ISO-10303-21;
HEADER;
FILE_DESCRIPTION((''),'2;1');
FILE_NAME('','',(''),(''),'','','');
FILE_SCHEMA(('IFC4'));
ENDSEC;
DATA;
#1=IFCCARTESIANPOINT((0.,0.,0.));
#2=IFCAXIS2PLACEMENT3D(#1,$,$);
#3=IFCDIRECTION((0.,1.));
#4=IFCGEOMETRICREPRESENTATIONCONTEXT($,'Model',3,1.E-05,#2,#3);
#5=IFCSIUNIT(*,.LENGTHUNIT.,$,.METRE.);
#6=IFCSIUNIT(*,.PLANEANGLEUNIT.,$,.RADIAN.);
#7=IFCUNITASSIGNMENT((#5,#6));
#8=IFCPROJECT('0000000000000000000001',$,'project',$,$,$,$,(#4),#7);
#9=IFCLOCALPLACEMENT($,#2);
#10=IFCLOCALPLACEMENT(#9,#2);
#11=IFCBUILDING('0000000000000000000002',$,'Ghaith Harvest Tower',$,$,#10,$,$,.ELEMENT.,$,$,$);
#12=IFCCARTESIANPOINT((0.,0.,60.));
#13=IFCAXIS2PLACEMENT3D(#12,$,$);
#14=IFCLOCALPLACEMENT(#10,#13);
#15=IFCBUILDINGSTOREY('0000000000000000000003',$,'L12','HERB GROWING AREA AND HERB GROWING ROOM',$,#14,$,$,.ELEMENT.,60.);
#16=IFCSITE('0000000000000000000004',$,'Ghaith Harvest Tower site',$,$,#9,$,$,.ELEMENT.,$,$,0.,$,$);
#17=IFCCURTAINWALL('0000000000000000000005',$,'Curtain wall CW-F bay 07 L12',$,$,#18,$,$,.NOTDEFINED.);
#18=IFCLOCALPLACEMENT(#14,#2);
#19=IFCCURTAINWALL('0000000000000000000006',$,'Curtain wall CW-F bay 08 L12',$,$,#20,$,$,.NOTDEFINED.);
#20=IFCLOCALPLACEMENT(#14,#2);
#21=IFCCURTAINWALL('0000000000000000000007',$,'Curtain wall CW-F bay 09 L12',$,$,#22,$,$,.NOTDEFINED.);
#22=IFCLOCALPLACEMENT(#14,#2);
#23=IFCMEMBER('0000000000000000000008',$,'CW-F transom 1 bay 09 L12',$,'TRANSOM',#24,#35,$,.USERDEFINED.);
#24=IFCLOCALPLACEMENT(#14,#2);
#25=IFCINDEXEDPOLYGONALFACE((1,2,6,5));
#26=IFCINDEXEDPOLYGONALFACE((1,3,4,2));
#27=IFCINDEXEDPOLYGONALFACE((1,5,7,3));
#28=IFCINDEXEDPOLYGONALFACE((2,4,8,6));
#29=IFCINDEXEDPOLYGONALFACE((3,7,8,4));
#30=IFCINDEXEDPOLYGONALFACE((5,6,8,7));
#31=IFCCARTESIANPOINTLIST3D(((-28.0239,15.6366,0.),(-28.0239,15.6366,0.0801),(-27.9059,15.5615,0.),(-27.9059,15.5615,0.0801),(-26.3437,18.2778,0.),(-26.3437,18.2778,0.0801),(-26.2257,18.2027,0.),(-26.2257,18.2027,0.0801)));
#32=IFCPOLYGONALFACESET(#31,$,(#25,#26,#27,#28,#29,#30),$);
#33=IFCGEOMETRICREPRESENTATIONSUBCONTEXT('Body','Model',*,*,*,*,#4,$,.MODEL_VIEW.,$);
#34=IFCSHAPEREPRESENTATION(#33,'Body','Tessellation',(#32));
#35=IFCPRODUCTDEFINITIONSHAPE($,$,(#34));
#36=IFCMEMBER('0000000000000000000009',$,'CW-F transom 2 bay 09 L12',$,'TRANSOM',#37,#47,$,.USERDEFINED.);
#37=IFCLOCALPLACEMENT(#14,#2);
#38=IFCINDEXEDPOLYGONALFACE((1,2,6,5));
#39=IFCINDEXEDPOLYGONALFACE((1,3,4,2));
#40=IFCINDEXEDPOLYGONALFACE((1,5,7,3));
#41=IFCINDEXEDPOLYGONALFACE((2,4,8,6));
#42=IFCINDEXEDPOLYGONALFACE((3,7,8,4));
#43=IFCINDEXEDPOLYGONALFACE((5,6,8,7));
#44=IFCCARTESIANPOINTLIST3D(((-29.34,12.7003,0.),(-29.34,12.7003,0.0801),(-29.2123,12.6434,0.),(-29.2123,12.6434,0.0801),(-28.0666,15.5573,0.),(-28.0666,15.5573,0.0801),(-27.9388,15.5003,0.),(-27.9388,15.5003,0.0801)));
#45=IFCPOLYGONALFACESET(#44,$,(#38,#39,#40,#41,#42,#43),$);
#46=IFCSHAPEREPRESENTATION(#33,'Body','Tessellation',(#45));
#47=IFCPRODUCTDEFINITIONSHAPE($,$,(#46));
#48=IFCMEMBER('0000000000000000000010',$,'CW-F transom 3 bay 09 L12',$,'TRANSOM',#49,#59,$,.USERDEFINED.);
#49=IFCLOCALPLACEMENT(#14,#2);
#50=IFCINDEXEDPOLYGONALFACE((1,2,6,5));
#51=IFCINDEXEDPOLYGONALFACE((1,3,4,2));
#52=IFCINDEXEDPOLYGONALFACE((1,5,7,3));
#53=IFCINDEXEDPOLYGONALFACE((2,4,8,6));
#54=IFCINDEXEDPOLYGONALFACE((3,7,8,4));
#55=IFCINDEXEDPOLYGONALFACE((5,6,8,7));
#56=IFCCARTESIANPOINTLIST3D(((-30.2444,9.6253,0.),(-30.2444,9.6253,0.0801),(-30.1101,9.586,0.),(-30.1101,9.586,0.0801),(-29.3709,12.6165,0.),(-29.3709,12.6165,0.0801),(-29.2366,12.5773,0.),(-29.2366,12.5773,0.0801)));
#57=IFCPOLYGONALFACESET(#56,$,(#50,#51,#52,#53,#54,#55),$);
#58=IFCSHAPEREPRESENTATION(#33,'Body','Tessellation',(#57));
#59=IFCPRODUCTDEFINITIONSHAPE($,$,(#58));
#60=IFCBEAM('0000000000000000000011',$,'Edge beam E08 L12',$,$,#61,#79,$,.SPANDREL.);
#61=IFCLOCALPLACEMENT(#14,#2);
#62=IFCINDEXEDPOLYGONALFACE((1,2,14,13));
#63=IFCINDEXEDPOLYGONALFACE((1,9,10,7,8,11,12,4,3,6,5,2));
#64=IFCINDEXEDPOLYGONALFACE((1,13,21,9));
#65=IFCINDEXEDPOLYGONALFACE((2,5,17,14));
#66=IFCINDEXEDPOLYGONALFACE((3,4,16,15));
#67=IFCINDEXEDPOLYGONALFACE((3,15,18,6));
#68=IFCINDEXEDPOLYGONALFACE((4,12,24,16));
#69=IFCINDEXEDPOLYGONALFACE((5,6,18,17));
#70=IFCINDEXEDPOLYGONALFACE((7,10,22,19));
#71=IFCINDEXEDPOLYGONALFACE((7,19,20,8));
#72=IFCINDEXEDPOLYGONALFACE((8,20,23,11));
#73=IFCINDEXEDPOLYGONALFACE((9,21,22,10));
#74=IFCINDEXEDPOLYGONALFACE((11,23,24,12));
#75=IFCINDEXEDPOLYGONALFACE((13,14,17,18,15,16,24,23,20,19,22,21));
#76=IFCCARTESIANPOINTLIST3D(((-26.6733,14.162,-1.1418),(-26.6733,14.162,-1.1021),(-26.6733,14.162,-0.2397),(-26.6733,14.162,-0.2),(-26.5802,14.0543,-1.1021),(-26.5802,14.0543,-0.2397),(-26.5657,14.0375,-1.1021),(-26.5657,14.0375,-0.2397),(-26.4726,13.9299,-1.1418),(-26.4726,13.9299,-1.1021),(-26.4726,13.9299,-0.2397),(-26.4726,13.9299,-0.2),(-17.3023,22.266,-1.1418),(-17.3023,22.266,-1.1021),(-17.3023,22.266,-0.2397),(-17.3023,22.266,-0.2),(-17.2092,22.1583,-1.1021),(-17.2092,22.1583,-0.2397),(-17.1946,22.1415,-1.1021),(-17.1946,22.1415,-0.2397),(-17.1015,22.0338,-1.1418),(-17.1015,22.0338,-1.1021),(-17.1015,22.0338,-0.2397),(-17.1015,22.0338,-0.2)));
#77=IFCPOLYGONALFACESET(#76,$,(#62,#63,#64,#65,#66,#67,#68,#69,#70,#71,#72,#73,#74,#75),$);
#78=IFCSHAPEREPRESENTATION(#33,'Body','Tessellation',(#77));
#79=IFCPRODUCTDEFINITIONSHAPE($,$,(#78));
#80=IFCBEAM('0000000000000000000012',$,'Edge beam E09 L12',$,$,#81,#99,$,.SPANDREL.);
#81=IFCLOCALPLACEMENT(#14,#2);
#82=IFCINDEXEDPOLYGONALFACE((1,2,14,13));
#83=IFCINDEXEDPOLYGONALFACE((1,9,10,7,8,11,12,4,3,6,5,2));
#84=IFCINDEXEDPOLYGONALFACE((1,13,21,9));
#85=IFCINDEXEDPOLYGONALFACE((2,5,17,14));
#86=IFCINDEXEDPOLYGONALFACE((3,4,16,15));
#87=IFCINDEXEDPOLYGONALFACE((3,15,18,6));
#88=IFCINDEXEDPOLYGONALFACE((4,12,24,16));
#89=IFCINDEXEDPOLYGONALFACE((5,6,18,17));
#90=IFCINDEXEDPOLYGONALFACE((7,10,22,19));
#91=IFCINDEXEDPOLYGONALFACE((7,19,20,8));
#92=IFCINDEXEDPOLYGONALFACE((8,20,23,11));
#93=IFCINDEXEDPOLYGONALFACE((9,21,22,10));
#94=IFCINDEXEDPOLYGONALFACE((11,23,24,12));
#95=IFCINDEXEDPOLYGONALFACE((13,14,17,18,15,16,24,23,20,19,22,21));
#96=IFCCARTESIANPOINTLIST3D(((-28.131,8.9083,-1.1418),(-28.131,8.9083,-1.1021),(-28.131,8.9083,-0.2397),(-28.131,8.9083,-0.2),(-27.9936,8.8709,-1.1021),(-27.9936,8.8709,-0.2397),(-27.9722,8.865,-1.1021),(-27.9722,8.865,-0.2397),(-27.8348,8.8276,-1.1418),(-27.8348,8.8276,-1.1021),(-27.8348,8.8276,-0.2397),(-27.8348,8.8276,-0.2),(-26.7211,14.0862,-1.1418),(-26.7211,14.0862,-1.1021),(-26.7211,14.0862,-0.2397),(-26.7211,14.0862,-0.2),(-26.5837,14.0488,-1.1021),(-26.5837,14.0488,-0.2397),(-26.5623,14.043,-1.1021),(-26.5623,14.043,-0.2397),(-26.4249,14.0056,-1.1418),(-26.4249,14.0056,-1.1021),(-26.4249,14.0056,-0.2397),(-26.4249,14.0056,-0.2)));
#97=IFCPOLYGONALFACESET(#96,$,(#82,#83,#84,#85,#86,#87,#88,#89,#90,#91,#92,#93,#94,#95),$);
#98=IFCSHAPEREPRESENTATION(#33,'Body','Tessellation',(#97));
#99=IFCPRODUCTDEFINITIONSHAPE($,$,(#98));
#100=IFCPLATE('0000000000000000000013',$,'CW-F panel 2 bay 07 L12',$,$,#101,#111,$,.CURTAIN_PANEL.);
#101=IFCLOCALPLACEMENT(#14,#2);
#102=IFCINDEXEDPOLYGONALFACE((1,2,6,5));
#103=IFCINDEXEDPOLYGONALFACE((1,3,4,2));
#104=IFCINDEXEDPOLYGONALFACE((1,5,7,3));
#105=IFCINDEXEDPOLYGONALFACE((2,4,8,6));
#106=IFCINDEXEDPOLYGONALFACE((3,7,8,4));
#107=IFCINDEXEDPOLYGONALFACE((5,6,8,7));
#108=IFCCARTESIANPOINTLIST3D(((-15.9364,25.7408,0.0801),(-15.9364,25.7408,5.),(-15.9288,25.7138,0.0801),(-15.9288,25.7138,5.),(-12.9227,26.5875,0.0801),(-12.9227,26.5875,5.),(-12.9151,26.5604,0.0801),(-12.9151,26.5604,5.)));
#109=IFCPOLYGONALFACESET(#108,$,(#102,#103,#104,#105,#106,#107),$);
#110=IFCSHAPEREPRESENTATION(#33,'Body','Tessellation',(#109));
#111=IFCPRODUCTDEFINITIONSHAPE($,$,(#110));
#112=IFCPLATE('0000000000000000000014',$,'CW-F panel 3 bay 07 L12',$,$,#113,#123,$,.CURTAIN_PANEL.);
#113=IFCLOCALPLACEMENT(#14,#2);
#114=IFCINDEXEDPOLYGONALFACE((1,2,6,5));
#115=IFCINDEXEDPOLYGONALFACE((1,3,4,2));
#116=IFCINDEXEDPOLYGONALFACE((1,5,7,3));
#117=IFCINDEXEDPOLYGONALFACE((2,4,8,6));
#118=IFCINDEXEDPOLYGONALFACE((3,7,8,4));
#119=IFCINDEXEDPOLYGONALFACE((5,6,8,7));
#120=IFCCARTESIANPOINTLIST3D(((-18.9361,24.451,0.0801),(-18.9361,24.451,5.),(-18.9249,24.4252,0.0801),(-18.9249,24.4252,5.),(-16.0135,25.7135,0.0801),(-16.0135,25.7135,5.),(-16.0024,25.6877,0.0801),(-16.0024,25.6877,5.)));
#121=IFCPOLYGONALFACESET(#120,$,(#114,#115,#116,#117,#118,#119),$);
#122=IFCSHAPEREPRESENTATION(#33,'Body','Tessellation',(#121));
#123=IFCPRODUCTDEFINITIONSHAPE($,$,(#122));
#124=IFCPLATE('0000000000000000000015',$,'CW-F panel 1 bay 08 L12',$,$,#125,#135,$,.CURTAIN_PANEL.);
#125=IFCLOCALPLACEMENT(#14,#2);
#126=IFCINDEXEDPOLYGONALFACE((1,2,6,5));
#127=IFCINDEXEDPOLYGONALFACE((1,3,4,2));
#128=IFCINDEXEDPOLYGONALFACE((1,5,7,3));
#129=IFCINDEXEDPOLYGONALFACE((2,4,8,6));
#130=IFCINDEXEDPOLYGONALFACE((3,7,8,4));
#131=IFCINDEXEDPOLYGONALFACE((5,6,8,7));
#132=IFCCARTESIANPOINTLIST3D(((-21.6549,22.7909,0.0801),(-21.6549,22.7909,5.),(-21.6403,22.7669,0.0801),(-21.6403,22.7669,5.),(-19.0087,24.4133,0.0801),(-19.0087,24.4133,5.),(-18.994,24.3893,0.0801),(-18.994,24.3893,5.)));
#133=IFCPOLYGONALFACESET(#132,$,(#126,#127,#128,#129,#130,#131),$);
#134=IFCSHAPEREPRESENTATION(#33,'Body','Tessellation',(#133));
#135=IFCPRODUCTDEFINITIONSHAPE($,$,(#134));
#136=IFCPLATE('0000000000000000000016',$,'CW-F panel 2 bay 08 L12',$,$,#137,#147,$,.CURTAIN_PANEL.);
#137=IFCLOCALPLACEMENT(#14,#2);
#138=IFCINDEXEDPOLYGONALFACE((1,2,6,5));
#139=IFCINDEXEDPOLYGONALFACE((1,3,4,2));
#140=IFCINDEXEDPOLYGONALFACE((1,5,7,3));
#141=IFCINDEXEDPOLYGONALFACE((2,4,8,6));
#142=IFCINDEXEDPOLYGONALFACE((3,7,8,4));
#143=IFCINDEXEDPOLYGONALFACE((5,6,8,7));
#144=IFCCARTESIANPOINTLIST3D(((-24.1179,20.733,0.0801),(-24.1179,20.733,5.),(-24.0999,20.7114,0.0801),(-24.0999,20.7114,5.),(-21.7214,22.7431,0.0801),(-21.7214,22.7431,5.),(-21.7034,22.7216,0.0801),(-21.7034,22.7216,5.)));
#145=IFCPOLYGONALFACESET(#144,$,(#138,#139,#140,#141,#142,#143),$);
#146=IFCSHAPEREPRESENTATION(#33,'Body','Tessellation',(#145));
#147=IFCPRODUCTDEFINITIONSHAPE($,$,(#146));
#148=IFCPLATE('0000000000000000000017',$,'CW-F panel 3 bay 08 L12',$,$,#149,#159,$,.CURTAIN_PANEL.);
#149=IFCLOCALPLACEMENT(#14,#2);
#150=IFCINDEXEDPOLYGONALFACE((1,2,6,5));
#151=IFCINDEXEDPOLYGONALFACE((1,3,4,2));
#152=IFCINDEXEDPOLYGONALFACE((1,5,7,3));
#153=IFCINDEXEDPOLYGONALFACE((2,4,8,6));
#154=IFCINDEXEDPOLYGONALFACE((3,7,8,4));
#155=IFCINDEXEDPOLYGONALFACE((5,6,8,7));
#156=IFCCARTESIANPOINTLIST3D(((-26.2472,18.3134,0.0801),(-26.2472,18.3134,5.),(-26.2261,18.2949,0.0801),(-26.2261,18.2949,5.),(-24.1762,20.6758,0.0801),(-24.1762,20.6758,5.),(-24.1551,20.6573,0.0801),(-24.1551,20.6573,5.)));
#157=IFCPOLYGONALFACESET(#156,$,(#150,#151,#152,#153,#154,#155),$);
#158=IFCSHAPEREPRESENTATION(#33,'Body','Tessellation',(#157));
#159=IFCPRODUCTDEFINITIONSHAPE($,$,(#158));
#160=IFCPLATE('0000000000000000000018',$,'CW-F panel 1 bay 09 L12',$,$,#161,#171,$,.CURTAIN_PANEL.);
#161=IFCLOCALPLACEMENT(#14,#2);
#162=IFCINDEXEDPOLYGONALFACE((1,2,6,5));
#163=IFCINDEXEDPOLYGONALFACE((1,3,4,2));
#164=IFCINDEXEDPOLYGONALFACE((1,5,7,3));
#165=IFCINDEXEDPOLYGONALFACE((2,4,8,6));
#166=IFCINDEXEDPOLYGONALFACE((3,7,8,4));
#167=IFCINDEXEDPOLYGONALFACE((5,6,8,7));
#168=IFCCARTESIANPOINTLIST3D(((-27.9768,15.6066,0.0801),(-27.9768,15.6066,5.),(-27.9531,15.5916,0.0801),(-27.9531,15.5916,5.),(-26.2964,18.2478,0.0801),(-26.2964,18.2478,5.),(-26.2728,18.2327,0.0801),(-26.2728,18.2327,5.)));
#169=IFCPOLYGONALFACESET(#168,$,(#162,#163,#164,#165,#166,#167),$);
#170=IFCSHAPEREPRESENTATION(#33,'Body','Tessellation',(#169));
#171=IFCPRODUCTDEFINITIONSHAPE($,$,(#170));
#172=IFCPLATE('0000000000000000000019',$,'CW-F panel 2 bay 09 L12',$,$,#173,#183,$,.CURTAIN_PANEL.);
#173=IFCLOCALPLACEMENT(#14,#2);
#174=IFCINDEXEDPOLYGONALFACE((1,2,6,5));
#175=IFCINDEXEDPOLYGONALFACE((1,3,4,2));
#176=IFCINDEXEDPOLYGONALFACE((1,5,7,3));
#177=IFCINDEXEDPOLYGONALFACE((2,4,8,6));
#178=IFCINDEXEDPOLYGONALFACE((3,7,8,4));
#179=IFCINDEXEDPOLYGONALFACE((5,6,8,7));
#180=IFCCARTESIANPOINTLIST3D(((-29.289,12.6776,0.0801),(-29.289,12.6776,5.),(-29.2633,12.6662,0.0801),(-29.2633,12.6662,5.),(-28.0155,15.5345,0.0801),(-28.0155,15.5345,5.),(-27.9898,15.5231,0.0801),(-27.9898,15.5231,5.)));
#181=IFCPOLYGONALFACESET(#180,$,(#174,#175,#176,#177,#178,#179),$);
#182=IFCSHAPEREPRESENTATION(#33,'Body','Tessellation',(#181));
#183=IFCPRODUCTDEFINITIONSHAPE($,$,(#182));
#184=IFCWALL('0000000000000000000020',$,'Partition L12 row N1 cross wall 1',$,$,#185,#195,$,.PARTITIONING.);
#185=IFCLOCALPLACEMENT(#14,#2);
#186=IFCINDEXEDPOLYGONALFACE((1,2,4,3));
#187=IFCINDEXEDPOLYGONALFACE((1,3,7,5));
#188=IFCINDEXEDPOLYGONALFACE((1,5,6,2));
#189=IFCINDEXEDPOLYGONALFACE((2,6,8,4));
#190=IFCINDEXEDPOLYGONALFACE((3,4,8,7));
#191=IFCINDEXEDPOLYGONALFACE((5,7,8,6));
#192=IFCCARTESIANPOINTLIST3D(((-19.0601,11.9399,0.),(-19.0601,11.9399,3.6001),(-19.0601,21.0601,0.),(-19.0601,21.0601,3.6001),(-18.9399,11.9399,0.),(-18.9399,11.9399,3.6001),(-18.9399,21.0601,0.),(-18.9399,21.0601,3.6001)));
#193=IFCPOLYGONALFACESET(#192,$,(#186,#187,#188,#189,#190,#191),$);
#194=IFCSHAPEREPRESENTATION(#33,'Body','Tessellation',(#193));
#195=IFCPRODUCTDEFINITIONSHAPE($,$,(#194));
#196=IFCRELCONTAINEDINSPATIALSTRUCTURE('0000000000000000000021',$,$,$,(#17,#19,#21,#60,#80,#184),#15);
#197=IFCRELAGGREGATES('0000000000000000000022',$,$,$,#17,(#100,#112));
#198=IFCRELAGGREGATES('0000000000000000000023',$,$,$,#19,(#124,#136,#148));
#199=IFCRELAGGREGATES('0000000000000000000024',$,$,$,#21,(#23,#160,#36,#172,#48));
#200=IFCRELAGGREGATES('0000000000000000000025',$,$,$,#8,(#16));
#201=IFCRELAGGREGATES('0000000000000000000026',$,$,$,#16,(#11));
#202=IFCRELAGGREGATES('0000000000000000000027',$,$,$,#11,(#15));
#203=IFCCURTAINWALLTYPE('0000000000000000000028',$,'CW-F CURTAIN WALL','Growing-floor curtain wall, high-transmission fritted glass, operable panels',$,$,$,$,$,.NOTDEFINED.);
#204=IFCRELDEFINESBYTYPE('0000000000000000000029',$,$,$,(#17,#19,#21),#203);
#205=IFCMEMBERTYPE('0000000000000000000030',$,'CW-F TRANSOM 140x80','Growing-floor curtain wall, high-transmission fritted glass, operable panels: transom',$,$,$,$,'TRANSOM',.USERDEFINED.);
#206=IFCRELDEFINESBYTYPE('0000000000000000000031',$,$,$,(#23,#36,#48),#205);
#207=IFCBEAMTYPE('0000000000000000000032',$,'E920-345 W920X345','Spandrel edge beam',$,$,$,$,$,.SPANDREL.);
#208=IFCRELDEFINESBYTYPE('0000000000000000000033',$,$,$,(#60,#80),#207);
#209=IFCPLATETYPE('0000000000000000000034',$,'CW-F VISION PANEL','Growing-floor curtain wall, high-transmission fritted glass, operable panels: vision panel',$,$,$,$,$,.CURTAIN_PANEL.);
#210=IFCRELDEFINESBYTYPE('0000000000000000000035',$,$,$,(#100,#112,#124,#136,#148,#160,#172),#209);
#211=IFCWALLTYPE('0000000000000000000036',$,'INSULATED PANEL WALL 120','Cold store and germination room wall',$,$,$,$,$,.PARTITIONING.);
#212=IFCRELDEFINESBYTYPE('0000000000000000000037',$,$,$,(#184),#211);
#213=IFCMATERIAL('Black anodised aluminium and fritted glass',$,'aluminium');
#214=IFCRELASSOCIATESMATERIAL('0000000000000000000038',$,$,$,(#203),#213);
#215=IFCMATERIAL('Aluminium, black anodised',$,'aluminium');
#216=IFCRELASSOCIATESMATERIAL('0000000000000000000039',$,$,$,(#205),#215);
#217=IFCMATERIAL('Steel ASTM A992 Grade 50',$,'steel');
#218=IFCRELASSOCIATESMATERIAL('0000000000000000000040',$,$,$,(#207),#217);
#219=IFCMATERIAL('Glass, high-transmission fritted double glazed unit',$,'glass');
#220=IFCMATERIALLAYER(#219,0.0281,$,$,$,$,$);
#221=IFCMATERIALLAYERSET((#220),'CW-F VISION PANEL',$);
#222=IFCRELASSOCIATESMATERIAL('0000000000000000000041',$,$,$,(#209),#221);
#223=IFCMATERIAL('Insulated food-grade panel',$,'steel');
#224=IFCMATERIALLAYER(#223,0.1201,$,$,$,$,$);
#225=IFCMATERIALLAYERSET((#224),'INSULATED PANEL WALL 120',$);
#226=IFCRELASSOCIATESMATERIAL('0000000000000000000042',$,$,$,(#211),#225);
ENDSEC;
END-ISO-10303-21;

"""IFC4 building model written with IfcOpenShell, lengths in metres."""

from ifc_helpers import new_model, si_unit, direction, frame, frame_2d, origin, origin_2d, place, context, subcontext, project, spatial, rectangle, i_section, extrude, material, layer, layer_set, material_profile, profile_set, type_object, element, aggregate, save


model = new_model("IFC4")

# Units and contexts
model_context = context("Model", 3, precision=1e-05, world=origin(), true_north=direction((0.0, 1.0)))
body_context = subcontext(model_context, "Body", "Model", "MODEL_VIEW")
ifc_project = project(units=[si_unit("LENGTHUNIT", "METRE"), si_unit("PLANEANGLEUNIT", "RADIAN")], contexts=[model_context])

# Site, building, storey
site_placement = place(None, origin())
site = spatial("IfcSite", under=ifc_project, at=site_placement, Name="Ghaith Harvest Tower site", CompositionType="ELEMENT", RefElevation=0.0)
building_placement = place(site_placement, origin())
building = spatial("IfcBuilding", under=site, at=building_placement, Name="Ghaith Harvest Tower", CompositionType="ELEMENT")
storey_placement = place(building_placement, frame((0.0, 0.0, 60.0)))
storey = spatial("IfcBuildingStorey", under=building, at=storey_placement, Name="L12", Description="HERB GROWING AREA AND HERB GROWING ROOM", CompositionType="ELEMENT", Elevation=60.0)

# Curtain wall
ifc_material_1 = material(Name="Black anodised aluminium and fritted glass", Category="aluminium")
curtain_wall_type = type_object("IfcCurtainWallType", Name="CW-F CURTAIN WALL", Description="Growing-floor curtain wall, high-transmission fritted glass, operable panels", PredefinedType="NOTDEFINED", material=ifc_material_1)
curtain_wall_1_placement = place(storey_placement, origin())
curtain_wall_1 = element("IfcCurtainWall", 1, at=curtain_wall_1_placement, inside=storey, type_object=curtain_wall_type, Name="Curtain wall CW-F bay 07 L12", PredefinedType="NOTDEFINED")

# Curtain walls
curtain_wall_2_placement = place(storey_placement, origin())
curtain_wall_2 = element("IfcCurtainWall", 2, at=curtain_wall_2_placement, inside=storey, type_object=curtain_wall_type, Name="Curtain wall CW-F bay 08 L12", PredefinedType="NOTDEFINED")
curtain_wall_3_placement = place(storey_placement, origin())
curtain_wall_3 = element("IfcCurtainWall", 3, at=curtain_wall_3_placement, inside=storey, type_object=curtain_wall_type, Name="Curtain wall CW-F bay 09 L12", PredefinedType="NOTDEFINED")

# Members
ifc_material_2 = material(Name="Aluminium, black anodised", Category="aluminium")
ifc_material_profile_1 = material_profile(ifc_material_2, rectangle(XDim=0.1399, YDim=0.0801, at=origin_2d()), Name="CW-F TRANSOM 140x80")
ifc_profile_set_1 = profile_set([ifc_material_profile_1], Name="Aluminium, black anodised")
member_type_1 = type_object("IfcMemberType", Name="CW-F TRANSOM 140x80", Description="Growing-floor curtain wall, high-transmission fritted glass, operable panels: transom", ElementType="TRANSOM", PredefinedType="USERDEFINED", material=ifc_profile_set_1)
member_1_placement = place(storey_placement, frame((-26.2847, 18.2402, 0.04), z_axis=(-0.536754, -0.843739, 0.0), x_axis=(0.843739, -0.536754, 0.0)))
member_1 = element("IfcMember", 4, at=member_1_placement, type_object=member_type_1, Name="CW-F transom 1 bay 09 L12", ObjectType="TRANSOM", PredefinedType="USERDEFINED", context=body_context, shape_type="SweptSolid", body=[
    extrude(rectangle(XDim=0.1399, YDim=0.0801, at=origin_2d()), origin(), (0.0, 0.0, 1.0), 3.1304),
])
member_2_placement = place(storey_placement, frame((-28.0027, 15.5288, 0.04), z_axis=(-0.407123, -0.913373, 0.0), x_axis=(0.913373, -0.407123, 0.0)))
member_2 = element("IfcMember", 5, at=member_2_placement, type_object=member_type_1, Name="CW-F transom 2 bay 09 L12", ObjectType="TRANSOM", PredefinedType="USERDEFINED", context=body_context, shape_type="SweptSolid", body=[
    extrude(rectangle(XDim=0.1399, YDim=0.0801, at=origin_2d()), origin(), (0.0, 0.0, 1.0), 3.1279),
])
member_3_placement = place(storey_placement, frame((-29.3037, 12.5969, 0.04), z_axis=(-0.280325, -0.959905, 0.0), x_axis=(0.959905, -0.280325, 0.0)))
member_3 = element("IfcMember", 6, at=member_3_placement, type_object=member_type_1, Name="CW-F transom 3 bay 09 L12", ObjectType="TRANSOM", PredefinedType="USERDEFINED", context=body_context, shape_type="SweptSolid", body=[
    extrude(rectangle(XDim=0.1399, YDim=0.0801, at=origin_2d()), origin(), (0.0, 0.0, 1.0), 3.1162),
])

# Beams
ifc_material_3 = material(Name="Steel ASTM A992 Grade 50", Category="steel")
ifc_material_profile_2 = material_profile(ifc_material_3, i_section(OverallWidth=0.3069, OverallDepth=0.9419, WebThickness=0.0222, FlangeThickness=0.0398, at=origin_2d()), Name="W920X345")
ifc_profile_set_2 = profile_set([ifc_material_profile_2], Name="Steel ASTM A992 Grade 50")
beam_type = type_object("IfcBeamType", Name="E920-345 W920X345", Description="Spandrel edge beam", PredefinedType="SPANDREL", material=ifc_profile_set_2)
beam_1_placement = place(storey_placement, frame((-17.2019, 22.1499, -0.6709), z_axis=(-0.756392, -0.654118, 0.0), x_axis=(0.654118, -0.756392, 0.0)))
element("IfcBeam", 7, at=beam_1_placement, inside=storey, type_object=beam_type, Name="Edge beam E08 L12", PredefinedType="SPANDREL", context=body_context, shape_type="SweptSolid", body=[
    extrude(i_section(OverallWidth=0.3069, OverallDepth=0.9419, WebThickness=0.0222, FlangeThickness=0.0398, at=origin_2d()), origin(), (0.0, 0.0, 1.0), 12.3892),
])
beam_2_placement = place(storey_placement, frame((-26.573, 14.0459, -0.6709), z_axis=(-0.262725, -0.964871, 0.0), x_axis=(0.964871, -0.262725, 0.0)))
element("IfcBeam", 8, at=beam_2_placement, inside=storey, type_object=beam_type, Name="Edge beam E09 L12", PredefinedType="SPANDREL", context=body_context, shape_type="SweptSolid", body=[
    extrude(i_section(OverallWidth=0.3069, OverallDepth=0.9419, WebThickness=0.0222, FlangeThickness=0.0398, at=origin_2d()), origin(), (0.0, 0.0, 1.0), 5.3665),
])

# Plates
ifc_material_4 = material(Name="Glass, high-transmission fritted double glazed unit", Category="glass")
ifc_layer_1 = layer(ifc_material_4, 0.0281)
ifc_layer_set_1 = layer_set([ifc_layer_1], Name="CW-F VISION PANEL")
plate_type = type_object("IfcPlateType", Name="CW-F VISION PANEL", Description="Growing-floor curtain wall, high-transmission fritted glass, operable panels: vision panel", PredefinedType="CURTAIN_PANEL", material=ifc_layer_set_1)
plate_1_placement = place(storey_placement, frame((-14.4258, 26.1506, 0.0801), z_axis=(0.0, 0.0, 1.0), x_axis=(-0.96273, -0.270465, 0.0)))
plate_1 = element("IfcPlate", 9, at=plate_1_placement, type_object=plate_type, Name="CW-F panel 2 bay 07 L12", PredefinedType="CURTAIN_PANEL", context=body_context, shape_type="SweptSolid", body=[
    extrude(rectangle(XDim=3.1304, YDim=0.0281, at=origin_2d()), origin(), (0.0, 0.0, 1.0), 4.9199),
])
plate_2_placement = place(storey_placement, frame((-17.4692, 25.0693, 0.0801), z_axis=(0.0, 0.0, 1.0), x_axis=(-0.918003, -0.396574, 0.0)))
plate_2 = element("IfcPlate", 10, at=plate_2_placement, type_object=plate_type, Name="CW-F panel 3 bay 07 L12", PredefinedType="CURTAIN_PANEL", context=body_context, shape_type="SweptSolid", body=[
    extrude(rectangle(XDim=3.1836, YDim=0.0281, at=origin_2d()), origin(), (0.0, 0.0, 1.0), 4.9199),
])
aggregate(curtain_wall_1, [plate_1, plate_2])
plate_3_placement = place(storey_placement, frame((-20.3245, 23.5901, 0.0801), z_axis=(0.0, 0.0, 1.0), x_axis=(-0.852528, -0.522682, 0.0)))
plate_3 = element("IfcPlate", 11, at=plate_3_placement, type_object=plate_type, Name="CW-F panel 1 bay 08 L12", PredefinedType="CURTAIN_PANEL", context=body_context, shape_type="SweptSolid", body=[
    extrude(rectangle(XDim=3.104, YDim=0.0281, at=origin_2d()), origin(), (0.0, 0.0, 1.0), 4.9199),
])
plate_4_placement = place(storey_placement, frame((-22.9106, 21.7273, 0.0801), z_axis=(0.0, 0.0, 1.0), x_axis=(-0.766155, -0.642656, 0.0)))
plate_4 = element("IfcPlate", 12, at=plate_4_placement, type_object=plate_type, Name="CW-F panel 2 bay 08 L12", PredefinedType="CURTAIN_PANEL", context=body_context, shape_type="SweptSolid", body=[
    extrude(rectangle(XDim=3.1279, YDim=0.0281, at=origin_2d()), origin(), (0.0, 0.0, 1.0), 4.9199),
])
plate_5_placement = place(storey_placement, frame((-25.2012, 19.4854, 0.0801), z_axis=(0.0, 0.0, 1.0), x_axis=(-0.659216, -0.751954, 0.0)))
plate_5 = element("IfcPlate", 13, at=plate_5_placement, type_object=plate_type, Name="CW-F panel 3 bay 08 L12", PredefinedType="CURTAIN_PANEL", context=body_context, shape_type="SweptSolid", body=[
    extrude(rectangle(XDim=3.1416, YDim=0.0281, at=origin_2d()), origin(), (0.0, 0.0, 1.0), 4.9199),
])
aggregate(curtain_wall_2, [plate_3, plate_4, plate_5])
plate_6_placement = place(storey_placement, frame((-27.1248, 16.9197, 0.0801), z_axis=(0.0, 0.0, 1.0), x_axis=(-0.536779, -0.843723, 0.0)))
plate_6 = element("IfcPlate", 14, at=plate_6_placement, type_object=plate_type, Name="CW-F panel 1 bay 09 L12", PredefinedType="CURTAIN_PANEL", context=body_context, shape_type="SweptSolid", body=[
    extrude(rectangle(XDim=3.1304, YDim=0.0281, at=origin_2d()), origin(), (0.0, 0.0, 1.0), 4.9199),
])
plate_7_placement = place(storey_placement, frame((-28.6394, 14.1003, 0.0801), z_axis=(0.0, 0.0, 1.0), x_axis=(-0.407134, -0.913368, 0.0)))
plate_7 = element("IfcPlate", 15, at=plate_7_placement, type_object=plate_type, Name="CW-F panel 2 bay 09 L12", PredefinedType="CURTAIN_PANEL", context=body_context, shape_type="SweptSolid", body=[
    extrude(rectangle(XDim=3.1279, YDim=0.0281, at=origin_2d()), origin(), (0.0, 0.0, 1.0), 4.9199),
])
aggregate(curtain_wall_3, [member_1, plate_6, member_2, plate_7, member_3])

# Wall
ifc_material_5 = material(Name="Insulated food-grade panel", Category="steel")
ifc_layer_2 = layer(ifc_material_5, 0.1201)
ifc_layer_set_2 = layer_set([ifc_layer_2], Name="INSULATED PANEL WALL 120")
wall_type_1 = type_object("IfcWallType", Name="INSULATED PANEL WALL 120", Description="Cold store and germination room wall", PredefinedType="PARTITIONING", material=ifc_layer_set_2)
wall_1_placement = place(storey_placement, frame((-19.0, 11.9399, 0.0), z_axis=(0.0, 0.0, 1.0), x_axis=(0.0, 1.0, 0.0)))
element("IfcWall", 16, at=wall_1_placement, inside=storey, type_object=wall_type_1, Name="Partition L12 row N1 cross wall 1", PredefinedType="PARTITIONING", context=body_context, shape_type="SweptSolid", body=[
    extrude(rectangle(XDim=9.1201, YDim=0.1201, at=frame_2d((4.5601, 0.0))), origin(), (0.0, 0.0, 1.0), 3.6001),
])

save(model, "model.ifc")
